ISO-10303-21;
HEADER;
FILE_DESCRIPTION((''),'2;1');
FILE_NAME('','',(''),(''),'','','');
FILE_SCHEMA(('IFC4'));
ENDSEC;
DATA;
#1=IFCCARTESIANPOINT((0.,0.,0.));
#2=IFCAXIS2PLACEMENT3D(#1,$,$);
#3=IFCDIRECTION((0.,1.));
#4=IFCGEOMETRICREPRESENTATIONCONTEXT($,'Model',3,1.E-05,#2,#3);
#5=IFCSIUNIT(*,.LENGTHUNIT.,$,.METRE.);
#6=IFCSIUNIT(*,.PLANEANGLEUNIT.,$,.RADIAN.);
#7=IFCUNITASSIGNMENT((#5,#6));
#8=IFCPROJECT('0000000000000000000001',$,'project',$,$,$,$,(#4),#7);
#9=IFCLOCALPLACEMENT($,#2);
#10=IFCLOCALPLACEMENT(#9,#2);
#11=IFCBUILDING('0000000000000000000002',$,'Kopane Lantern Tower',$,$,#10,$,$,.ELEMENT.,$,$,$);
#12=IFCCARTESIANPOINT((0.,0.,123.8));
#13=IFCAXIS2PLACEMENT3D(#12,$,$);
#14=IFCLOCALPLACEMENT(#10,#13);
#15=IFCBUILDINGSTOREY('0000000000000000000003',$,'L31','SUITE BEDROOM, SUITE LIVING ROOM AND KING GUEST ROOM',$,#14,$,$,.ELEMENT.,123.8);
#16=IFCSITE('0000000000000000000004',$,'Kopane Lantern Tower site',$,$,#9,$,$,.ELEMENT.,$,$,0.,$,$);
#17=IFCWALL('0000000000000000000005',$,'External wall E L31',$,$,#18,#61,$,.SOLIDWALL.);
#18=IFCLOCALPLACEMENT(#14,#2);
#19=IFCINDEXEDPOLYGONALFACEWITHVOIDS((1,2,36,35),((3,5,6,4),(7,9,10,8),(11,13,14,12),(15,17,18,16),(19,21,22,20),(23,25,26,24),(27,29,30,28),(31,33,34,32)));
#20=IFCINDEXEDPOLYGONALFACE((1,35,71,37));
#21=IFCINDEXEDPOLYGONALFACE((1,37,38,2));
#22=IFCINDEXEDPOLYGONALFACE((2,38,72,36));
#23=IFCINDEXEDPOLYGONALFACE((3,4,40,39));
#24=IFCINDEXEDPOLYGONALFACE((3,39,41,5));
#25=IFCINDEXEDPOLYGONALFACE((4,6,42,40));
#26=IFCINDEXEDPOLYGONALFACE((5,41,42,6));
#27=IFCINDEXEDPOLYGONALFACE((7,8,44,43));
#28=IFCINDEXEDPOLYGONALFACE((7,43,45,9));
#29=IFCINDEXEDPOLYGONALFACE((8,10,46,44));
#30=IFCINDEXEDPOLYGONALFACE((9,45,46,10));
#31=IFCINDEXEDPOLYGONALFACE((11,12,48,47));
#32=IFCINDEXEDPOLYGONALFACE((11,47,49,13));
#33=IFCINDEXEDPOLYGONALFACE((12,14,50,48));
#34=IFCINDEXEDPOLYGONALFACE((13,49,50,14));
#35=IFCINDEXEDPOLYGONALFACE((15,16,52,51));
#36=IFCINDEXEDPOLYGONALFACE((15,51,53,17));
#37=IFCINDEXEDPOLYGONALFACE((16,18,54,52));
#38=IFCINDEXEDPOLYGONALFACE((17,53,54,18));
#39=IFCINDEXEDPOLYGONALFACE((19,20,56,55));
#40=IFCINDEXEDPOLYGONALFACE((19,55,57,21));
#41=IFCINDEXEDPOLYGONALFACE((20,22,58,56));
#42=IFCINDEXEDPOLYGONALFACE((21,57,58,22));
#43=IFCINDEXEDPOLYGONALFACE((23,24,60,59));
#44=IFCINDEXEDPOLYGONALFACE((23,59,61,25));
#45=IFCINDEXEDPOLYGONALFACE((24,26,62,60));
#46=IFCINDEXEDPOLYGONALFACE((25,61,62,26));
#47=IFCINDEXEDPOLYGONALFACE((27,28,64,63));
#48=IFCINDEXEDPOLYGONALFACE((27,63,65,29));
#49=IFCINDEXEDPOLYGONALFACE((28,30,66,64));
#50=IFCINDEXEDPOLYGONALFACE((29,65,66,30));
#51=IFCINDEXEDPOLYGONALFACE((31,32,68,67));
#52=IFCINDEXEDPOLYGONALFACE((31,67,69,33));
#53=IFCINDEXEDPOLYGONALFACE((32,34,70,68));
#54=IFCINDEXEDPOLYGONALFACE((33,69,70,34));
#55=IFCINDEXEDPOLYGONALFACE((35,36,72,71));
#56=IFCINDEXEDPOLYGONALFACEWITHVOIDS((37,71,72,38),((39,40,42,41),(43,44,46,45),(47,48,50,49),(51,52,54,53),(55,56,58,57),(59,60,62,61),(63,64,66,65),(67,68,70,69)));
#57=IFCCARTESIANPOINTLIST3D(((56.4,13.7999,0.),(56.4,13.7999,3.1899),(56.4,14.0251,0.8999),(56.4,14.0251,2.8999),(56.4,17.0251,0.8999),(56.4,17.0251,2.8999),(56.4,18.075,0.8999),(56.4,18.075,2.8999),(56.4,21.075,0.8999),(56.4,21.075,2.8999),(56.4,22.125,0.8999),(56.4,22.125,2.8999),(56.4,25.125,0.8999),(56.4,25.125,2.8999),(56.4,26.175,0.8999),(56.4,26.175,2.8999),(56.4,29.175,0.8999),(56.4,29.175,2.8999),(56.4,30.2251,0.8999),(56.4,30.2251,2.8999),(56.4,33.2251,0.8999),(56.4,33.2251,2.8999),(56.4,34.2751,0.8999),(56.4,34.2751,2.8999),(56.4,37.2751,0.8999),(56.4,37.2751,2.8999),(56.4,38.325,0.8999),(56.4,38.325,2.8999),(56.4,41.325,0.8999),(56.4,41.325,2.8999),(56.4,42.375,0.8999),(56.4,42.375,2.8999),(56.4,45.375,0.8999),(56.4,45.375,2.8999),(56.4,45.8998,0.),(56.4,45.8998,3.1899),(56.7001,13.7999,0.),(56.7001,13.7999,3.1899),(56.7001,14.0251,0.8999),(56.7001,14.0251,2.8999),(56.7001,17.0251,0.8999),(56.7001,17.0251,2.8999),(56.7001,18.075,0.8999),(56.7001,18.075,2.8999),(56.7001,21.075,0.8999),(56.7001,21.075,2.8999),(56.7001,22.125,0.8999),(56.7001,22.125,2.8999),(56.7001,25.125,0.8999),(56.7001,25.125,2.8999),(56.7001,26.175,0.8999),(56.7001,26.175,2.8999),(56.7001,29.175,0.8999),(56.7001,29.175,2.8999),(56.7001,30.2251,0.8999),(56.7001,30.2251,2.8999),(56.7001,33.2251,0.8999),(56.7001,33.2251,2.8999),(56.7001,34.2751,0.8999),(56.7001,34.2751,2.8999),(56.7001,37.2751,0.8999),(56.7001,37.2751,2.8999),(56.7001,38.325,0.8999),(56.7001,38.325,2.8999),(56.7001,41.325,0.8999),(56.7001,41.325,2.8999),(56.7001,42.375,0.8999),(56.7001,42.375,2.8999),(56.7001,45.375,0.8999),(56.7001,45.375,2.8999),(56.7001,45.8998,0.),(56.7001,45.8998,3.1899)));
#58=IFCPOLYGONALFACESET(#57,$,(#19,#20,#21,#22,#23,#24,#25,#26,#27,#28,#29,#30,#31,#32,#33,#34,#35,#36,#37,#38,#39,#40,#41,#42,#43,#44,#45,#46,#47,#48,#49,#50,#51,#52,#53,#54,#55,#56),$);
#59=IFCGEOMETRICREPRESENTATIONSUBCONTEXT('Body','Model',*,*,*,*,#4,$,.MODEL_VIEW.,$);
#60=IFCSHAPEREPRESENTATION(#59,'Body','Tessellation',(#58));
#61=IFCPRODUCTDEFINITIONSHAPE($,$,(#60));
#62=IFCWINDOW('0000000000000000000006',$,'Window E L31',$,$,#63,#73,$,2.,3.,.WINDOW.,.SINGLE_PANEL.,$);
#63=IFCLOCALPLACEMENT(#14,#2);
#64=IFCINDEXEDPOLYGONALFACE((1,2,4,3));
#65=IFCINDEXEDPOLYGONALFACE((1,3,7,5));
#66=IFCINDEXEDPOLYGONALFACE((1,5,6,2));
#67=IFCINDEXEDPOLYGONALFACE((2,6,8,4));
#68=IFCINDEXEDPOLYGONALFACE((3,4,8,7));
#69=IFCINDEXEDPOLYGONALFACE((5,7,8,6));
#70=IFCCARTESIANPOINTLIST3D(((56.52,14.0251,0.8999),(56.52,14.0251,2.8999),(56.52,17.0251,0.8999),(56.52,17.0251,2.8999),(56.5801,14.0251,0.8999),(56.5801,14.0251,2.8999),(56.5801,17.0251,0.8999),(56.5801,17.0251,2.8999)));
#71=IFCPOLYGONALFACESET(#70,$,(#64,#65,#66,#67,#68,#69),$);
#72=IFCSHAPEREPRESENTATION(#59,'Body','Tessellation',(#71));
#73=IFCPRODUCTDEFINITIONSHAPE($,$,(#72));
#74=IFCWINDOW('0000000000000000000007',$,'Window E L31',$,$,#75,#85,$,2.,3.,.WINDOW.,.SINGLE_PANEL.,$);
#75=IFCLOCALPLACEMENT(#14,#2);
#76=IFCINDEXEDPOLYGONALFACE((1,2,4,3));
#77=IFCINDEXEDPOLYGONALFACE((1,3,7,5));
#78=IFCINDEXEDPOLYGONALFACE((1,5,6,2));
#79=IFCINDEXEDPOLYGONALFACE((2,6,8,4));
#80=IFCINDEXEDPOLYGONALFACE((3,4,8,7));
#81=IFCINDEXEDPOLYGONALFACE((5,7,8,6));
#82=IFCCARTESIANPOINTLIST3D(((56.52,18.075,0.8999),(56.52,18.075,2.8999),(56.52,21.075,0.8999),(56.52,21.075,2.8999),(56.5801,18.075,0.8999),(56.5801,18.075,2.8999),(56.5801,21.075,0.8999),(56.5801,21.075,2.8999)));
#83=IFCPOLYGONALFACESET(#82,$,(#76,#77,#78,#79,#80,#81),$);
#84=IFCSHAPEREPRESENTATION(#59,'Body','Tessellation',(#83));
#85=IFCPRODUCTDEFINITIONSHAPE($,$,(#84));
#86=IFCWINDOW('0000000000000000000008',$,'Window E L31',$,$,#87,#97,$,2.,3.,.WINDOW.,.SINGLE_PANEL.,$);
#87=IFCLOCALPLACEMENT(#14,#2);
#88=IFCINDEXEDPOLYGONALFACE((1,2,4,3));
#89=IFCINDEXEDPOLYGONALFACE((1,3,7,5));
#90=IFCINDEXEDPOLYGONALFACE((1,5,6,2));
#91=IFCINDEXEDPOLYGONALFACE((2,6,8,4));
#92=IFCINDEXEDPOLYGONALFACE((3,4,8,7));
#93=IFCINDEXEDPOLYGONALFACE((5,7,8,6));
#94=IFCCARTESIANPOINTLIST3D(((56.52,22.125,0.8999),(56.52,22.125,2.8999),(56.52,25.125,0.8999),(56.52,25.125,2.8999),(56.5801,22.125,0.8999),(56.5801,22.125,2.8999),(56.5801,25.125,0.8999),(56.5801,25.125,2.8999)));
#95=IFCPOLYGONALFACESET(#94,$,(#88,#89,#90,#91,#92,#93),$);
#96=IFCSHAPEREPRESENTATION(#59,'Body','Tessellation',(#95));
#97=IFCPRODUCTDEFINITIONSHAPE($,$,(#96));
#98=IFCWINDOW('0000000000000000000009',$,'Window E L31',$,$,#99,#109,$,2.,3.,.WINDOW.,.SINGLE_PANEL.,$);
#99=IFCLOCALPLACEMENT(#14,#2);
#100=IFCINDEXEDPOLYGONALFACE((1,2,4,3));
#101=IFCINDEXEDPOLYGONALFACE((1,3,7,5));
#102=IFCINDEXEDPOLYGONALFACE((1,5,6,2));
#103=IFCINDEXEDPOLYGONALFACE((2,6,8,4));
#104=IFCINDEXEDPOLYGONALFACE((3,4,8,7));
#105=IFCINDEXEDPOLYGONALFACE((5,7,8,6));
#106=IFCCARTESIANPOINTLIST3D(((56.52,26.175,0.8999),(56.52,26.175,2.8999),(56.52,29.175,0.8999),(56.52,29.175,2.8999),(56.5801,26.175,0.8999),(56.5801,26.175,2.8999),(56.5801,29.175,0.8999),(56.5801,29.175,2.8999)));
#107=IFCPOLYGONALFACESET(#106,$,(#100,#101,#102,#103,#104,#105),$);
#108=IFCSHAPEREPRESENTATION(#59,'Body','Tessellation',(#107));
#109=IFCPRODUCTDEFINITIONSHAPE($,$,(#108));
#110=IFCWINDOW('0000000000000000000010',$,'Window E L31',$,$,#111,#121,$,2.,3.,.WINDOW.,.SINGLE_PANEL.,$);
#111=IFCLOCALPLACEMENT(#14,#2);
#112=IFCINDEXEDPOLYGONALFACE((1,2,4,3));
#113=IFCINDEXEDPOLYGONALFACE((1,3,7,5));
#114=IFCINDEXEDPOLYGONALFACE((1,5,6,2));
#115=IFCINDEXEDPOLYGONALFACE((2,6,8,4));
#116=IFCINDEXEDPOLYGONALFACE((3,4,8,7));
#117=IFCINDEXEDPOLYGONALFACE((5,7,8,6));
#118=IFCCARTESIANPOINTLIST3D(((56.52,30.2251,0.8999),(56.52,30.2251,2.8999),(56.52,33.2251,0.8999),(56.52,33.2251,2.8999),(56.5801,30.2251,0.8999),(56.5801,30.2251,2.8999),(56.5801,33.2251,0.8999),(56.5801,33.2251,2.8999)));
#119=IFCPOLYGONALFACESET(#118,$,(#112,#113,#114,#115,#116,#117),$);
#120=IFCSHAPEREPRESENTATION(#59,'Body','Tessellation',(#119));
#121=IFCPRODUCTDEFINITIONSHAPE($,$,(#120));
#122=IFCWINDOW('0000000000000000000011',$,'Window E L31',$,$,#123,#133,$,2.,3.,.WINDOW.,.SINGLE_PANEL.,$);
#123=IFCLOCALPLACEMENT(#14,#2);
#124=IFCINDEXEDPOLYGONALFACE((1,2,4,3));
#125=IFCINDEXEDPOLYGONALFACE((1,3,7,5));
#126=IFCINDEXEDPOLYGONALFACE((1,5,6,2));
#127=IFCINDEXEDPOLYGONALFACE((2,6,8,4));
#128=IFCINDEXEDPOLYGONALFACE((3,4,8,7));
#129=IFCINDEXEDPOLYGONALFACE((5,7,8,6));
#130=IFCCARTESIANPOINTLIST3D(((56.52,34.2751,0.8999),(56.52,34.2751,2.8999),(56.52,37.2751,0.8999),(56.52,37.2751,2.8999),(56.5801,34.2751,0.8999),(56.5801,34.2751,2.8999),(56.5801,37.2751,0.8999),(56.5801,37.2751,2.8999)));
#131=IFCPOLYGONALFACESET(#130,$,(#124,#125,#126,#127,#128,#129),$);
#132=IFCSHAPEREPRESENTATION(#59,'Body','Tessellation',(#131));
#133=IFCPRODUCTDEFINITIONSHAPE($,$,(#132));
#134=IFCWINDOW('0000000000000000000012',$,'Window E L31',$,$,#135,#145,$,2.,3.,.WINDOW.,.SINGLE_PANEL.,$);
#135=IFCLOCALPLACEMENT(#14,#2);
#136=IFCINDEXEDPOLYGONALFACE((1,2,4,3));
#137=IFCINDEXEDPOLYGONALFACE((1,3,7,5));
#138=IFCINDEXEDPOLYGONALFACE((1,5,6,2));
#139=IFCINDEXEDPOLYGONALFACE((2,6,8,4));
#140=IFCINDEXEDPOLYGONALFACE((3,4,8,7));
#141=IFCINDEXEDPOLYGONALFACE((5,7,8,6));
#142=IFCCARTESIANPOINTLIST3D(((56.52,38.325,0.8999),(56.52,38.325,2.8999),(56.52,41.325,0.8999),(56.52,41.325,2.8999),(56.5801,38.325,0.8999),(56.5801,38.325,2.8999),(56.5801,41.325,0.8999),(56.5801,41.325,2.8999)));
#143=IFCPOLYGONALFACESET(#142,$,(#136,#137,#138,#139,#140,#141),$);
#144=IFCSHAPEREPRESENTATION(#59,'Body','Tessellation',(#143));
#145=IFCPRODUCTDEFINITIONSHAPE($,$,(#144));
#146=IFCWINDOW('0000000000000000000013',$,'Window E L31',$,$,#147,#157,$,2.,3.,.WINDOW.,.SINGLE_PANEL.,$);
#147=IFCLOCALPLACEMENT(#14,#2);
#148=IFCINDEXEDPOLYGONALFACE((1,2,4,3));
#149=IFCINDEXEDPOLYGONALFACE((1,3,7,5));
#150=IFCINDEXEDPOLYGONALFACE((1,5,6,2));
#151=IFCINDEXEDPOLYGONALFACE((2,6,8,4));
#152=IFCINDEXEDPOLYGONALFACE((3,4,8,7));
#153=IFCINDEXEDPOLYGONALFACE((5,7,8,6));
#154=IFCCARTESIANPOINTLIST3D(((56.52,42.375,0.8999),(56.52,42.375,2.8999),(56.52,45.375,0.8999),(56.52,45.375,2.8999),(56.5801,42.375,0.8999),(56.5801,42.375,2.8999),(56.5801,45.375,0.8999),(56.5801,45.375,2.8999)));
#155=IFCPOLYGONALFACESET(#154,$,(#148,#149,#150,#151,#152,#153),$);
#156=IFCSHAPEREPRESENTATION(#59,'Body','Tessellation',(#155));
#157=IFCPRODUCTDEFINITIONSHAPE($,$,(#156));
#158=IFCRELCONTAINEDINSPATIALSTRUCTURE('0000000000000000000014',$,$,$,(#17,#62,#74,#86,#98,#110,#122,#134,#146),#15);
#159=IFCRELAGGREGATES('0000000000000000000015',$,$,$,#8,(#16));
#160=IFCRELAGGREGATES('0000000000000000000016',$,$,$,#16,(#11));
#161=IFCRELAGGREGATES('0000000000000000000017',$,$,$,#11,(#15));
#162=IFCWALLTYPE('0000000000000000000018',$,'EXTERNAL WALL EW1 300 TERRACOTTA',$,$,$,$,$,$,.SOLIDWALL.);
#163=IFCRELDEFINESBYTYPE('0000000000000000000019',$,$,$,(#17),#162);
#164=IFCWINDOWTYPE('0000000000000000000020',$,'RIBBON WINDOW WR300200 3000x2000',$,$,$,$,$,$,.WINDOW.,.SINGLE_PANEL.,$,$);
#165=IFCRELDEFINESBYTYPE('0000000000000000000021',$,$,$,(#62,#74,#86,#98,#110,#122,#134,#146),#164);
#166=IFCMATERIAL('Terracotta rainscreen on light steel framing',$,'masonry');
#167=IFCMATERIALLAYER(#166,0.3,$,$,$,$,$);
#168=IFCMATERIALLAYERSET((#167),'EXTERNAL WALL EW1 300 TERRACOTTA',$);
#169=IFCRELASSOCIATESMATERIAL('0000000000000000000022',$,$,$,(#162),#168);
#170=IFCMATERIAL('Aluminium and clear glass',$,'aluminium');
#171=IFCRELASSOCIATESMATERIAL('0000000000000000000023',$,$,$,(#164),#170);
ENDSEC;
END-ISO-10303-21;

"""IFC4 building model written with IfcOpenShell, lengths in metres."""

from ifc_helpers import new_model, si_unit, direction, frame, frame_2d, origin, place, context, subcontext, project, spatial, rectangle, extrude, material, layer, layer_set, type_object, element, fill, save


model = new_model("IFC4")

# Units and contexts
model_context = context("Model", 3, precision=1e-05, world=origin(), true_north=direction((0.0, 1.0)))
body_context = subcontext(model_context, "Body", "Model", "MODEL_VIEW")
ifc_project = project(units=[si_unit("LENGTHUNIT", "METRE"), si_unit("PLANEANGLEUNIT", "RADIAN")], contexts=[model_context])

# Site, building, storey
site_placement = place(None, origin())
site = spatial("IfcSite", under=ifc_project, at=site_placement, Name="Kopane Lantern Tower site", CompositionType="ELEMENT", RefElevation=0.0)
building_placement = place(site_placement, origin())
building = spatial("IfcBuilding", under=site, at=building_placement, Name="Kopane Lantern Tower", CompositionType="ELEMENT")
storey_placement = place(building_placement, frame((0.0, 0.0, 123.8)))
storey = spatial("IfcBuildingStorey", under=building, at=storey_placement, Name="L31", Description="SUITE BEDROOM, SUITE LIVING ROOM AND KING GUEST ROOM", CompositionType="ELEMENT", Elevation=123.8)

# Shared definitions
ifc_material_1 = material(Name="Terracotta rainscreen on light steel framing", Category="masonry")
ifc_layer_1 = layer(ifc_material_1, 0.3)
ifc_layer_set_1 = layer_set([ifc_layer_1], Name="EXTERNAL WALL EW1 300 TERRACOTTA")
wall_type_1 = type_object("IfcWallType", Name="EXTERNAL WALL EW1 300 TERRACOTTA", PredefinedType="SOLIDWALL", material=ifc_layer_set_1)

# Wall, openings, windows
wall_1_placement = place(storey_placement, frame((56.55, 13.8, 0.0), z_axis=(0.0, 0.0, 1.0), x_axis=(0.0, 1.0, 0.0)))
wall_1 = element("IfcWall", 1, at=wall_1_placement, inside=storey, type_object=wall_type_1, Name="External wall E L31", PredefinedType="SOLIDWALL", context=body_context, shape_type="SweptSolid", body=[
    extrude(rectangle(XDim=32.0999, YDim=0.3, at=frame_2d((16.0498, 0.0))), origin(), (0.0, 0.0, 1.0), 3.1899),
])
opening_1_placement = place(wall_1_placement, frame((0.2251, 0.0, 0.8999)))
opening_1 = element("IfcOpeningElement", 2, at=opening_1_placement, cuts=wall_1, PredefinedType="OPENING", context=body_context, shape_type="SweptSolid", body=[
    extrude(rectangle(XDim=3.0, YDim=2.0, at=frame_2d((1.5, 1.0))), frame((0.0, 0.1599, 0.0), z_axis=(0.0, -1.0, 0.0), x_axis=(1.0, 0.0, 0.0)), (0.0, 0.0, 1.0), 0.3201),
])
opening_2_placement = place(wall_1_placement, frame((4.2749, 0.0, 0.8999)))
opening_2 = element("IfcOpeningElement", 3, at=opening_2_placement, cuts=wall_1, PredefinedType="OPENING", context=body_context, shape_type="SweptSolid", body=[
    extrude(rectangle(XDim=3.0, YDim=2.0, at=frame_2d((1.5, 1.0))), frame((0.0, 0.1599, 0.0), z_axis=(0.0, -1.0, 0.0), x_axis=(1.0, 0.0, 0.0)), (0.0, 0.0, 1.0), 0.3201),
])
opening_3_placement = place(wall_1_placement, frame((8.325, 0.0, 0.8999)))
opening_3 = element("IfcOpeningElement", 4, at=opening_3_placement, cuts=wall_1, PredefinedType="OPENING", context=body_context, shape_type="SweptSolid", body=[
    extrude(rectangle(XDim=3.0, YDim=2.0, at=frame_2d((1.5, 1.0))), frame((0.0, 0.1599, 0.0), z_axis=(0.0, -1.0, 0.0), x_axis=(1.0, 0.0, 0.0)), (0.0, 0.0, 1.0), 0.3201),
])
opening_4_placement = place(wall_1_placement, frame((12.375, 0.0, 0.8999)))
opening_4 = element("IfcOpeningElement", 5, at=opening_4_placement, cuts=wall_1, PredefinedType="OPENING", context=body_context, shape_type="SweptSolid", body=[
    extrude(rectangle(XDim=3.0, YDim=2.0, at=frame_2d((1.5, 1.0))), frame((0.0, 0.1599, 0.0), z_axis=(0.0, -1.0, 0.0), x_axis=(1.0, 0.0, 0.0)), (0.0, 0.0, 1.0), 0.3201),
])
opening_5_placement = place(wall_1_placement, frame((16.425, 0.0, 0.8999)))
opening_5 = element("IfcOpeningElement", 6, at=opening_5_placement, cuts=wall_1, PredefinedType="OPENING", context=body_context, shape_type="SweptSolid", body=[
    extrude(rectangle(XDim=3.0, YDim=2.0, at=frame_2d((1.5, 1.0))), frame((0.0, 0.1599, 0.0), z_axis=(0.0, -1.0, 0.0), x_axis=(1.0, 0.0, 0.0)), (0.0, 0.0, 1.0), 0.3201),
])
opening_6_placement = place(wall_1_placement, frame((20.4751, 0.0, 0.8999)))
opening_6 = element("IfcOpeningElement", 7, at=opening_6_placement, cuts=wall_1, PredefinedType="OPENING", context=body_context, shape_type="SweptSolid", body=[
    extrude(rectangle(XDim=3.0, YDim=2.0, at=frame_2d((1.5, 1.0))), frame((0.0, 0.1599, 0.0), z_axis=(0.0, -1.0, 0.0), x_axis=(1.0, 0.0, 0.0)), (0.0, 0.0, 1.0), 0.3201),
])
opening_7_placement = place(wall_1_placement, frame((24.5249, 0.0, 0.8999)))
opening_7 = element("IfcOpeningElement", 8, at=opening_7_placement, cuts=wall_1, PredefinedType="OPENING", context=body_context, shape_type="SweptSolid", body=[
    extrude(rectangle(XDim=3.0, YDim=2.0, at=frame_2d((1.5, 1.0))), frame((0.0, 0.1599, 0.0), z_axis=(0.0, -1.0, 0.0), x_axis=(1.0, 0.0, 0.0)), (0.0, 0.0, 1.0), 0.3201),
])
opening_8_placement = place(wall_1_placement, frame((28.575, 0.0, 0.8999)))
opening_8 = element("IfcOpeningElement", 9, at=opening_8_placement, cuts=wall_1, PredefinedType="OPENING", context=body_context, shape_type="SweptSolid", body=[
    extrude(rectangle(XDim=3.0, YDim=2.0, at=frame_2d((1.5, 1.0))), frame((0.0, 0.1599, 0.0), z_axis=(0.0, -1.0, 0.0), x_axis=(1.0, 0.0, 0.0)), (0.0, 0.0, 1.0), 0.3201),
])
ifc_material_2 = material(Name="Aluminium and clear glass", Category="aluminium")
window_type_1 = type_object("IfcWindowType", Name="RIBBON WINDOW WR300200 3000x2000", PartitioningType="SINGLE_PANEL", PredefinedType="WINDOW", material=ifc_material_2)
window_1_placement = place(opening_1_placement, origin())
window_1 = element("IfcWindow", 10, at=window_1_placement, inside=storey, type_object=window_type_1, Name="Window E L31", OverallHeight=2.0, OverallWidth=3.0, PartitioningType="SINGLE_PANEL", PredefinedType="WINDOW", context=body_context, shape_type="SweptSolid", body=[
    extrude(rectangle(XDim=3.0, YDim=2.0, at=frame_2d((1.5, 1.0))), frame((0.0, 0.03, 0.0), z_axis=(0.0, -1.0, 0.0), x_axis=(1.0, 0.0, 0.0)), (0.0, 0.0, 1.0), 0.0601),
])
fill(opening_1, window_1)
window_2_placement = place(opening_2_placement, origin())
window_2 = element("IfcWindow", 11, at=window_2_placement, inside=storey, type_object=window_type_1, Name="Window E L31", OverallHeight=2.0, OverallWidth=3.0, PartitioningType="SINGLE_PANEL", PredefinedType="WINDOW", context=body_context, shape_type="SweptSolid", body=[
    extrude(rectangle(XDim=3.0, YDim=2.0, at=frame_2d((1.5, 1.0))), frame((0.0, 0.03, 0.0), z_axis=(0.0, -1.0, 0.0), x_axis=(1.0, 0.0, 0.0)), (0.0, 0.0, 1.0), 0.0601),
])
fill(opening_2, window_2)
window_3_placement = place(opening_3_placement, origin())
window_3 = element("IfcWindow", 12, at=window_3_placement, inside=storey, type_object=window_type_1, Name="Window E L31", OverallHeight=2.0, OverallWidth=3.0, PartitioningType="SINGLE_PANEL", PredefinedType="WINDOW", context=body_context, shape_type="SweptSolid", body=[
    extrude(rectangle(XDim=3.0, YDim=2.0, at=frame_2d((1.5, 1.0))), frame((0.0, 0.03, 0.0), z_axis=(0.0, -1.0, 0.0), x_axis=(1.0, 0.0, 0.0)), (0.0, 0.0, 1.0), 0.0601),
])
fill(opening_3, window_3)
window_4_placement = place(opening_4_placement, origin())
window_4 = element("IfcWindow", 13, at=window_4_placement, inside=storey, type_object=window_type_1, Name="Window E L31", OverallHeight=2.0, OverallWidth=3.0, PartitioningType="SINGLE_PANEL", PredefinedType="WINDOW", context=body_context, shape_type="SweptSolid", body=[
    extrude(rectangle(XDim=3.0, YDim=2.0, at=frame_2d((1.5, 1.0))), frame((0.0, 0.03, 0.0), z_axis=(0.0, -1.0, 0.0), x_axis=(1.0, 0.0, 0.0)), (0.0, 0.0, 1.0), 0.0601),
])
fill(opening_4, window_4)
window_5_placement = place(opening_5_placement, origin())
window_5 = element("IfcWindow", 14, at=window_5_placement, inside=storey, type_object=window_type_1, Name="Window E L31", OverallHeight=2.0, OverallWidth=3.0, PartitioningType="SINGLE_PANEL", PredefinedType="WINDOW", context=body_context, shape_type="SweptSolid", body=[
    extrude(rectangle(XDim=3.0, YDim=2.0, at=frame_2d((1.5, 1.0))), frame((0.0, 0.03, 0.0), z_axis=(0.0, -1.0, 0.0), x_axis=(1.0, 0.0, 0.0)), (0.0, 0.0, 1.0), 0.0601),
])
fill(opening_5, window_5)
window_6_placement = place(opening_6_placement, origin())
window_6 = element("IfcWindow", 15, at=window_6_placement, inside=storey, type_object=window_type_1, Name="Window E L31", OverallHeight=2.0, OverallWidth=3.0, PartitioningType="SINGLE_PANEL", PredefinedType="WINDOW", context=body_context, shape_type="SweptSolid", body=[
    extrude(rectangle(XDim=3.0, YDim=2.0, at=frame_2d((1.5, 1.0))), frame((0.0, 0.03, 0.0), z_axis=(0.0, -1.0, 0.0), x_axis=(1.0, 0.0, 0.0)), (0.0, 0.0, 1.0), 0.0601),
])
fill(opening_6, window_6)
window_7_placement = place(opening_7_placement, origin())
window_7 = element("IfcWindow", 16, at=window_7_placement, inside=storey, type_object=window_type_1, Name="Window E L31", OverallHeight=2.0, OverallWidth=3.0, PartitioningType="SINGLE_PANEL", PredefinedType="WINDOW", context=body_context, shape_type="SweptSolid", body=[
    extrude(rectangle(XDim=3.0, YDim=2.0, at=frame_2d((1.5, 1.0))), frame((0.0, 0.03, 0.0), z_axis=(0.0, -1.0, 0.0), x_axis=(1.0, 0.0, 0.0)), (0.0, 0.0, 1.0), 0.0601),
])
fill(opening_7, window_7)
window_8_placement = place(opening_8_placement, origin())
window_8 = element("IfcWindow", 17, at=window_8_placement, inside=storey, type_object=window_type_1, Name="Window E L31", OverallHeight=2.0, OverallWidth=3.0, PartitioningType="SINGLE_PANEL", PredefinedType="WINDOW", context=body_context, shape_type="SweptSolid", body=[
    extrude(rectangle(XDim=3.0, YDim=2.0, at=frame_2d((1.5, 1.0))), frame((0.0, 0.03, 0.0), z_axis=(0.0, -1.0, 0.0), x_axis=(1.0, 0.0, 0.0)), (0.0, 0.0, 1.0), 0.0601),
])
fill(opening_8, window_8)

save(model, "model.ifc")
